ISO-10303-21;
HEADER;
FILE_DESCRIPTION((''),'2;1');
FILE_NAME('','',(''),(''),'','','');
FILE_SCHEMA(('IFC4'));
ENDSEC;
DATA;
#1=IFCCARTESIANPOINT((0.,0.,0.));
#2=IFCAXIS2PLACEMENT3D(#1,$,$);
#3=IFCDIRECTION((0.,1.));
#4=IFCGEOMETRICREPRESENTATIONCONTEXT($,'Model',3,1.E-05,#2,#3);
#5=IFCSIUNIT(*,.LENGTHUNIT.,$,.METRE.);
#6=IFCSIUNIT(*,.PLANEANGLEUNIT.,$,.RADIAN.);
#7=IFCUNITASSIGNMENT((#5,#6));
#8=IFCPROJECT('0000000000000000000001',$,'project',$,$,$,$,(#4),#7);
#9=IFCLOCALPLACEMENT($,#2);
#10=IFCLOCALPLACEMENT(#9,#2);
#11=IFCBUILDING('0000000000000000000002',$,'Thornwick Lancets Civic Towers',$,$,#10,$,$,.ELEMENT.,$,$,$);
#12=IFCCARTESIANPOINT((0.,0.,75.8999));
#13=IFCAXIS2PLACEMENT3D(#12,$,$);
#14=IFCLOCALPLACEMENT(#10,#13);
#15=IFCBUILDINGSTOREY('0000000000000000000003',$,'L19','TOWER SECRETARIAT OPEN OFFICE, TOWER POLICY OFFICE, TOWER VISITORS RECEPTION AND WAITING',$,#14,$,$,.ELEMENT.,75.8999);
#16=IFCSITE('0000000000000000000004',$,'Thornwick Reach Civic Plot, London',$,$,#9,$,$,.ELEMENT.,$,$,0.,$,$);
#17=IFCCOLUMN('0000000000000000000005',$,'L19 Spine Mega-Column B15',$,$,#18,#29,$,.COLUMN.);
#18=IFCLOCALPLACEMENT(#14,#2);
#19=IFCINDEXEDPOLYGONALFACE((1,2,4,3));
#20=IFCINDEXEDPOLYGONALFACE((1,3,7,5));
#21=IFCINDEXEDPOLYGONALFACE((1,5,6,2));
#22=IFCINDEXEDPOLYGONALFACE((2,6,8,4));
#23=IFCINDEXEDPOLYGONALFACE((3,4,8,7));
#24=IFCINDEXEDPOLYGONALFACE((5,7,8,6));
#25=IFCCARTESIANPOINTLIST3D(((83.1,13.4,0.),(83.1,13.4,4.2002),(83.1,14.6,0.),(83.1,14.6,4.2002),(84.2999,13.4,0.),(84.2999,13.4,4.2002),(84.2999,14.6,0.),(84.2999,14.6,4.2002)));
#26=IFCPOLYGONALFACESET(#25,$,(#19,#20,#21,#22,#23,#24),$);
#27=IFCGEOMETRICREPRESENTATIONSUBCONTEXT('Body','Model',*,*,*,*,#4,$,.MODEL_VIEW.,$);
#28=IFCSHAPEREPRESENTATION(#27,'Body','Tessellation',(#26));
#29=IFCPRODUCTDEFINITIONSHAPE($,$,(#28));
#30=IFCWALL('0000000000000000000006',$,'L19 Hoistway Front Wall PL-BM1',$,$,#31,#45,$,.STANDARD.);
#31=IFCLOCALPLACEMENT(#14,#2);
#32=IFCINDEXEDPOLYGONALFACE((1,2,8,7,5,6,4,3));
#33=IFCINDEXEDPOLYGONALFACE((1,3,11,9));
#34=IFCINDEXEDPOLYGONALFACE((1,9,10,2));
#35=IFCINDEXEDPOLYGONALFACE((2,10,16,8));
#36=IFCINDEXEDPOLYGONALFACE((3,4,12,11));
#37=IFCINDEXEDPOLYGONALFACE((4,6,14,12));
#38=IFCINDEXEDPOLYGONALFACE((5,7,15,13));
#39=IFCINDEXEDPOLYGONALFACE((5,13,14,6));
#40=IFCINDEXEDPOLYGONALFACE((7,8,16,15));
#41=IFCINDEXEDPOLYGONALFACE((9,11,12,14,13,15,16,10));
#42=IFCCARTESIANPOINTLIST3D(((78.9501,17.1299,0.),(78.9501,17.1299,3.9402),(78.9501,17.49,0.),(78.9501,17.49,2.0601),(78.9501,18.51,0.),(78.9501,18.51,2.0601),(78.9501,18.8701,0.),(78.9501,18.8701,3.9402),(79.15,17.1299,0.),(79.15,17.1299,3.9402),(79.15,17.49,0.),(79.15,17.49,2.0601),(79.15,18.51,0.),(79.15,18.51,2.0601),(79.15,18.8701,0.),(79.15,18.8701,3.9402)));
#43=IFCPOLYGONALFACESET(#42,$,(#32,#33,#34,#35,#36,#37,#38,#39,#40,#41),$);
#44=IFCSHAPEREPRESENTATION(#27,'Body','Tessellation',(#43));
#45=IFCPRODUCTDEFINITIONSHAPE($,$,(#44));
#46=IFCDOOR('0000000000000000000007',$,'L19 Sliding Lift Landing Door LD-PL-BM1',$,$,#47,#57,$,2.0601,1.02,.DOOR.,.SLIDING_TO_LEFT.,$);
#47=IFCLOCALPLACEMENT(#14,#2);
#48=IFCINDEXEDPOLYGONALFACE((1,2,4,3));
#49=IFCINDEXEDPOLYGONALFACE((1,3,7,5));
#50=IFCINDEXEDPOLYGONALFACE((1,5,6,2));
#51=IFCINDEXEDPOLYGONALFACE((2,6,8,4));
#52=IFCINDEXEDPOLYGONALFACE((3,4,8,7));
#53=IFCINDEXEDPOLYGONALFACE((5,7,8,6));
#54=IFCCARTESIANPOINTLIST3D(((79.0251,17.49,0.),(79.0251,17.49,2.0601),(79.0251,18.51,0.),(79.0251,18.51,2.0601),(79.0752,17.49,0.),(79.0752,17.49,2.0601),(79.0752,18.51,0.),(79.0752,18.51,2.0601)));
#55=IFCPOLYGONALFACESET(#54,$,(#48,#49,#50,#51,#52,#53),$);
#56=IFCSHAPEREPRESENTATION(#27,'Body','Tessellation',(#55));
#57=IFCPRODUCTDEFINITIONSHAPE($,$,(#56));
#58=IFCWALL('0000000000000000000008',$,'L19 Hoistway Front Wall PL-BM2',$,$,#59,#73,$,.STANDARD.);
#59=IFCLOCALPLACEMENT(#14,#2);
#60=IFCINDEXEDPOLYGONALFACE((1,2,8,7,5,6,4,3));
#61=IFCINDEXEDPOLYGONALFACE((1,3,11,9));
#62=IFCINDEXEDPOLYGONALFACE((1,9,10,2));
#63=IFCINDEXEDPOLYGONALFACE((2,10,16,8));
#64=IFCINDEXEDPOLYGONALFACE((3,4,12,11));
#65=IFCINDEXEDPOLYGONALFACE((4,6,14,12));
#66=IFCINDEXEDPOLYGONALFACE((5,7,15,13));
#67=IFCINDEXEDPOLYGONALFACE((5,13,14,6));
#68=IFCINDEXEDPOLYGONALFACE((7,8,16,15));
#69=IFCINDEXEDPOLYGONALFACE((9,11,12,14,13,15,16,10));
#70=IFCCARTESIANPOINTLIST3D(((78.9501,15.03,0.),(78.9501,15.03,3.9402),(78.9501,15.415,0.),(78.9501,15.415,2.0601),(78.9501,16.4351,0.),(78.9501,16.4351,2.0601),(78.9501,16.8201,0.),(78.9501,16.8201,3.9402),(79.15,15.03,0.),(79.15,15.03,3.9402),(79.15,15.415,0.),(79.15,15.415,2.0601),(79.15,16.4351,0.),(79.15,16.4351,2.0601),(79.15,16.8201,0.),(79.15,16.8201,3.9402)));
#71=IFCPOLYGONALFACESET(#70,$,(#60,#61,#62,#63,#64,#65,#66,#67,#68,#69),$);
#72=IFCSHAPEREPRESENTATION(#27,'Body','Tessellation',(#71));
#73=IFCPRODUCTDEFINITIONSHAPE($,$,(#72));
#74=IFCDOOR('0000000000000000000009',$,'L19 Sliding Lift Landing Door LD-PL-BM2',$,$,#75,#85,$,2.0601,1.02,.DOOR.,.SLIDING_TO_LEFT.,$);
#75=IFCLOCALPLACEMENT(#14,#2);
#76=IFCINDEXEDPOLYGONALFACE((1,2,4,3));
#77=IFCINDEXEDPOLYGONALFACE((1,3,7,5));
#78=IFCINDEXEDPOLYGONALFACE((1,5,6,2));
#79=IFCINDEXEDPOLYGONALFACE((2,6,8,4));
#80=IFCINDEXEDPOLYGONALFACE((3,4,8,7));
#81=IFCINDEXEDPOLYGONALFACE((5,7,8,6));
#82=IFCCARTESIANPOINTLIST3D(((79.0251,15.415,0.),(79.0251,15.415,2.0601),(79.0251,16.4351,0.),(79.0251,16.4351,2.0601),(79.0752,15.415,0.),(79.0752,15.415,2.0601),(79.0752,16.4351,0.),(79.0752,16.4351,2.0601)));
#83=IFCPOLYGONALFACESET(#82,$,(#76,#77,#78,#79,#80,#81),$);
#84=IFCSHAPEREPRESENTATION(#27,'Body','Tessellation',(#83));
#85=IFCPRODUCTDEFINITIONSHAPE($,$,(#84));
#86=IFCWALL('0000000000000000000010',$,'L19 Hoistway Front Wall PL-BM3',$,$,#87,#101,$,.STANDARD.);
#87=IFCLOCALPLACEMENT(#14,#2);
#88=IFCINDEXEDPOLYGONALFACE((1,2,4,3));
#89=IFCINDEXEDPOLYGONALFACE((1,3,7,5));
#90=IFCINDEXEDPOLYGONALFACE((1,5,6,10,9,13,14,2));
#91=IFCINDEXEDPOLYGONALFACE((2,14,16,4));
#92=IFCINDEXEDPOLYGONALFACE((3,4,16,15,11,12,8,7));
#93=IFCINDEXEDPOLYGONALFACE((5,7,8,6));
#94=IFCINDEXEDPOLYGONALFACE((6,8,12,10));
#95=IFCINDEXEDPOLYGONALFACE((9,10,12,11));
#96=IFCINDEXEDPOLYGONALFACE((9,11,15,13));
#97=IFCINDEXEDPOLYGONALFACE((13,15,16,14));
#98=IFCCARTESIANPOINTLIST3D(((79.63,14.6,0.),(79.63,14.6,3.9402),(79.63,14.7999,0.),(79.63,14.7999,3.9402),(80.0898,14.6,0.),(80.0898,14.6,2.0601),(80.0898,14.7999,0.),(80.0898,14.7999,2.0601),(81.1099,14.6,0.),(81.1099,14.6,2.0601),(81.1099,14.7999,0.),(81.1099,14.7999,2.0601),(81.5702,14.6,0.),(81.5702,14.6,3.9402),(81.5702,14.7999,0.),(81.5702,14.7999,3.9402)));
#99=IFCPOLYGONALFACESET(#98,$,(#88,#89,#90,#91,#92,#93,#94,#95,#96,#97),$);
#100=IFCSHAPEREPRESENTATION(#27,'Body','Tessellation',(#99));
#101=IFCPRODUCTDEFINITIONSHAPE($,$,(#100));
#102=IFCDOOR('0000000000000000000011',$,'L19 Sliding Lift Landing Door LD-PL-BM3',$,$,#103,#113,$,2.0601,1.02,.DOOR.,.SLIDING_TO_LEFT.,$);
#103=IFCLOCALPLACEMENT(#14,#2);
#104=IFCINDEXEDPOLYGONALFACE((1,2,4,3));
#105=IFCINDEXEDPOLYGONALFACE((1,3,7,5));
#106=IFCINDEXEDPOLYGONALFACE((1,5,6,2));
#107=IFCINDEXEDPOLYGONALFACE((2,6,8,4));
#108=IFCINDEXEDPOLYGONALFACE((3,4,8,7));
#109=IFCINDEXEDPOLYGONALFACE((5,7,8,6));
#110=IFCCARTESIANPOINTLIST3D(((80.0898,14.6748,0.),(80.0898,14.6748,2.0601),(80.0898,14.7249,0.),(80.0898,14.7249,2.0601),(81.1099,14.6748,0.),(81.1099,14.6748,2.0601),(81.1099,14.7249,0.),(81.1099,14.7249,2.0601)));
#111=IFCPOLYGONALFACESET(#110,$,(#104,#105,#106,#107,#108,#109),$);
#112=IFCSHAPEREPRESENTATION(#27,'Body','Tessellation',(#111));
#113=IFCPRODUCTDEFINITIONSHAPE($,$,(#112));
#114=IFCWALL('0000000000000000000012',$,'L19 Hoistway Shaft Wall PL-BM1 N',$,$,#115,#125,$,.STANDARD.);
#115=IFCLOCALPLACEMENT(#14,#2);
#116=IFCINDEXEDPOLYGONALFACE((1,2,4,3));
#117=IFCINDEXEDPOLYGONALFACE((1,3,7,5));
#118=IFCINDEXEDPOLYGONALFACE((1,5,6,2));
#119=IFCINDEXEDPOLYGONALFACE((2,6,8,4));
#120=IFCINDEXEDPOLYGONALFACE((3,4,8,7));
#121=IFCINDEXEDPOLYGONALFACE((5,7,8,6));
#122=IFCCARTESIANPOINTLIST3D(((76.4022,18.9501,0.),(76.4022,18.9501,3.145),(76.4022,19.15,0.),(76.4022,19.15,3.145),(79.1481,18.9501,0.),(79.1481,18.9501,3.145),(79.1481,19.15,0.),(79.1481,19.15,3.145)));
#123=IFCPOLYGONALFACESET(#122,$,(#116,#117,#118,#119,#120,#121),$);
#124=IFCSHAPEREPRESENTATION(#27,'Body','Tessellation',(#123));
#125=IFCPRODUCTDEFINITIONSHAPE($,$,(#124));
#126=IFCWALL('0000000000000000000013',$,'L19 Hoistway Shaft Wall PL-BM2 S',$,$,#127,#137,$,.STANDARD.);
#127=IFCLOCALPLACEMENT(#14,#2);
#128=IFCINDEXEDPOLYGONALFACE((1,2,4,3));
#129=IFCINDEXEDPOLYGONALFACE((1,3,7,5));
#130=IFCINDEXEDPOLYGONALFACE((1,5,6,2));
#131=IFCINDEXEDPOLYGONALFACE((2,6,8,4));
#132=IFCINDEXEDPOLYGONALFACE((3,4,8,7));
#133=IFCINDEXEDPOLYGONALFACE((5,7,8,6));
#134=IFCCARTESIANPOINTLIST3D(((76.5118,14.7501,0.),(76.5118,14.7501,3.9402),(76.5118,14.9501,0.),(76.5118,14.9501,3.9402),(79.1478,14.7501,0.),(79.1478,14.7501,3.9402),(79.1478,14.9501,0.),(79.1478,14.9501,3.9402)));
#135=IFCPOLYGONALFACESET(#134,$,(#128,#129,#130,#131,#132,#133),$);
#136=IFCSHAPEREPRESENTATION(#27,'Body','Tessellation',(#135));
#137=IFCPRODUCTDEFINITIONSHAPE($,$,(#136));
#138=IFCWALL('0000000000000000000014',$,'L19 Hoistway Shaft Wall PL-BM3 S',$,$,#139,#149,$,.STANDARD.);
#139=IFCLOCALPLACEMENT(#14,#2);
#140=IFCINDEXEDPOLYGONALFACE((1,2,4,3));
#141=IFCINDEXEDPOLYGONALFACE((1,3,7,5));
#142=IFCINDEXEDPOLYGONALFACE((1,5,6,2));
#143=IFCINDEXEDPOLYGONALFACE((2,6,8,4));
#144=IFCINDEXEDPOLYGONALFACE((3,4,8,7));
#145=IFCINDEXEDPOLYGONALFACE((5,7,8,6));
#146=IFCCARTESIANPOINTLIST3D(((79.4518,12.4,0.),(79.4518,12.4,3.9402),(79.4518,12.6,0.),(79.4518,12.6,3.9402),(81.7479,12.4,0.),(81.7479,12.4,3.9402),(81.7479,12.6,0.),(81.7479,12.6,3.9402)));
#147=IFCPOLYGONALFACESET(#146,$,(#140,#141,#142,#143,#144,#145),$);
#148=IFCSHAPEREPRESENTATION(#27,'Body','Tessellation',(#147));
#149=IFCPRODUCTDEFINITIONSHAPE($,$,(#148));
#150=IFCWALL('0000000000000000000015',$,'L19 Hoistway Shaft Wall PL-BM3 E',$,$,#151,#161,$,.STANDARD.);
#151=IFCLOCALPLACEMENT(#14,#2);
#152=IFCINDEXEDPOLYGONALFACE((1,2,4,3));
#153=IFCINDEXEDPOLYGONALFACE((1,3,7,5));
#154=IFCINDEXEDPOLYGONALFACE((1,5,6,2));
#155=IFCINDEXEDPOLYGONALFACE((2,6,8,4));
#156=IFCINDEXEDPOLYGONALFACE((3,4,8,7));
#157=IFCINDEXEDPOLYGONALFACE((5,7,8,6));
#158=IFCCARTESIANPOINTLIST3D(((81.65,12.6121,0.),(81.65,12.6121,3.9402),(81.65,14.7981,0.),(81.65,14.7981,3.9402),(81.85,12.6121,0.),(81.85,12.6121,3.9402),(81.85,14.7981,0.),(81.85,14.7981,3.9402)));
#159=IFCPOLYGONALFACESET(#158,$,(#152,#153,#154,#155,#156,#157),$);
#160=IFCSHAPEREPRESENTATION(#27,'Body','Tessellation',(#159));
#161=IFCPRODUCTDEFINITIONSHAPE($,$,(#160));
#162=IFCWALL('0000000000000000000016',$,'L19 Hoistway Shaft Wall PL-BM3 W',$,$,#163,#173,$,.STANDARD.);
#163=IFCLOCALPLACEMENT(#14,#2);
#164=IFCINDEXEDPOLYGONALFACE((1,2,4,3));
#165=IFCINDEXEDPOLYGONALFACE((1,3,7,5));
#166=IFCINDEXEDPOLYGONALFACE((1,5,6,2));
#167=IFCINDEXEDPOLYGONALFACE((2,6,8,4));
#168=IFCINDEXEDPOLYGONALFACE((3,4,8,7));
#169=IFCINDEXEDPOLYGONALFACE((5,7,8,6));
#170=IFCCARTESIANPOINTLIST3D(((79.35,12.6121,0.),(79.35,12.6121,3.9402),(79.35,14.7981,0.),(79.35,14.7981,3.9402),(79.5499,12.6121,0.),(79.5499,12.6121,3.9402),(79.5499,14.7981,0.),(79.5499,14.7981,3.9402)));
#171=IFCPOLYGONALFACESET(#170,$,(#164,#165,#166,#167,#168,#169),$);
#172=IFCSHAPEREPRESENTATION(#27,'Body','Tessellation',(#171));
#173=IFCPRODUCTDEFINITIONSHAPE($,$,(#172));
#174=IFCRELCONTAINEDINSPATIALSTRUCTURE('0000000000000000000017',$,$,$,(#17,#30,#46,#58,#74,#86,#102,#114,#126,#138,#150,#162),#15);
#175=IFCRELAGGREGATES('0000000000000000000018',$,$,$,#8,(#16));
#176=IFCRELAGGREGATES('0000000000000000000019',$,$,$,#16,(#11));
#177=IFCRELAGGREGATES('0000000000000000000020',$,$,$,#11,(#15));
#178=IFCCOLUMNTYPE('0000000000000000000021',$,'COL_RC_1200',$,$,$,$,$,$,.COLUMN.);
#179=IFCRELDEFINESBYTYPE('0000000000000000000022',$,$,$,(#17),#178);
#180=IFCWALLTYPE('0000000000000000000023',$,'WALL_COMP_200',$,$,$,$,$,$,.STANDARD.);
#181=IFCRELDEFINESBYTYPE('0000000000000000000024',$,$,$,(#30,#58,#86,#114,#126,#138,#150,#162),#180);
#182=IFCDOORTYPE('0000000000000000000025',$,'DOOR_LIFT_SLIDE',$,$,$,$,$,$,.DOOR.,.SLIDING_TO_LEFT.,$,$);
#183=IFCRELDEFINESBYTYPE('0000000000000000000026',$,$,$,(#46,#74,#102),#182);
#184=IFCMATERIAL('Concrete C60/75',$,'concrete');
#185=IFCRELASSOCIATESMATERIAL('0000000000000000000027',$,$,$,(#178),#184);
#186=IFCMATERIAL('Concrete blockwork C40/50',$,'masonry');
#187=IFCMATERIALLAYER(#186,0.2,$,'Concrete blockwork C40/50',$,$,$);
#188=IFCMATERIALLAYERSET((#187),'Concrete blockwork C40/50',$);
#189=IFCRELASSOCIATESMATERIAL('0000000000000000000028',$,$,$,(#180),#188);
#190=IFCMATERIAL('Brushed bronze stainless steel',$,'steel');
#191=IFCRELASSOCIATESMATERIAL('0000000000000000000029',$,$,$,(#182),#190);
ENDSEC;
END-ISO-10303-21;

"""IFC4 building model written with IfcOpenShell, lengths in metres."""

from ifc_helpers import new_model, si_unit, direction, frame, frame_2d, origin, origin_2d, place, context, subcontext, project, spatial, rectangle, extrude, material, layer, layer_set, material_profile, profile_set, type_object, element, fill, save


model = new_model("IFC4")

# Units and contexts
model_context = context("Model", 3, precision=1e-05, world=origin(), true_north=direction((0.0, 1.0)))
body_context = subcontext(model_context, "Body", "Model", "MODEL_VIEW")
ifc_project = project(units=[si_unit("LENGTHUNIT", "METRE"), si_unit("PLANEANGLEUNIT", "RADIAN")], contexts=[model_context])

# Site, building, storey
site_placement = place(None, origin())
site = spatial("IfcSite", under=ifc_project, at=site_placement, Name="Thornwick Reach Civic Plot, London", CompositionType="ELEMENT", RefElevation=0.0)
building_placement = place(site_placement, origin())
building = spatial("IfcBuilding", under=site, at=building_placement, Name="Thornwick Lancets Civic Towers", CompositionType="ELEMENT")
storey_placement = place(building_placement, frame((0.0, 0.0, 75.8999)))
storey = spatial("IfcBuildingStorey", under=building, at=storey_placement, Name="L19", Description="TOWER SECRETARIAT OPEN OFFICE, TOWER POLICY OFFICE, TOWER VISITORS RECEPTION AND WAITING", CompositionType="ELEMENT", Elevation=75.8999)

# Column
ifc_material_1 = material(Name="Concrete C60/75", Category="concrete")
ifc_material_profile = material_profile(ifc_material_1, rectangle(XDim=1.2, YDim=1.2, at=origin_2d()), Name="RC 1200x1200")
ifc_profile_set = profile_set([ifc_material_profile], Name="Concrete C60/75")
column_type = type_object("IfcColumnType", Name="COL_RC_1200", PredefinedType="COLUMN", material=ifc_profile_set)
column_placement = place(storey_placement, frame((83.7, 14.0, 0.0), z_axis=(0.0, 0.0, 1.0), x_axis=(1.0, 0.0, 0.0)))
element("IfcColumn", 1, at=column_placement, inside=storey, type_object=column_type, Name="L19 Spine Mega-Column B15", PredefinedType="COLUMN", context=body_context, shape_type="SweptSolid", body=[
    extrude(rectangle(XDim=1.2, YDim=1.2, at=origin_2d()), origin(), (0.0, 0.0, 1.0), 4.2002),
])

# Walls, openings, doors
ifc_material_2 = material(Name="Concrete blockwork C40/50", Category="masonry")
ifc_layer_1 = layer(ifc_material_2, 0.2, Name="Concrete blockwork C40/50")
ifc_layer_set_1 = layer_set([ifc_layer_1], Name="Concrete blockwork C40/50")
wall_type_1 = type_object("IfcWallType", Name="WALL_COMP_200", PredefinedType="STANDARD", material=ifc_layer_set_1)
wall_1_placement = place(storey_placement, frame((79.05, 17.1299, 0.0), z_axis=(0.0, 0.0, 1.0), x_axis=(0.0, 1.0, 0.0)))
wall_1 = element("IfcWall", 2, at=wall_1_placement, inside=storey, type_object=wall_type_1, Name="L19 Hoistway Front Wall PL-BM1", PredefinedType="STANDARD", context=body_context, shape_type="SweptSolid", body=[
    extrude(rectangle(XDim=1.7402, YDim=0.2, at=frame_2d((0.8701, 0.0))), origin(), (0.0, 0.0, 1.0), 3.9402),
])
opening_1_placement = place(wall_1_placement, frame((0.3601, 0.0, 0.0)))
opening_1 = element("IfcOpeningElement", 3, at=opening_1_placement, cuts=wall_1, PredefinedType="OPENING", context=body_context, shape_type="SweptSolid", body=[
    extrude(rectangle(XDim=1.02, YDim=2.0601, at=frame_2d((0.51, 1.03))), frame((0.0, 0.1099, 0.0), z_axis=(0.0, -1.0, 0.0), x_axis=(1.0, 0.0, 0.0)), (0.0, 0.0, 1.0), 0.22),
])
ifc_material_3 = material(Name="Brushed bronze stainless steel", Category="steel")
door_type_1 = type_object("IfcDoorType", Name="DOOR_LIFT_SLIDE", OperationType="SLIDING_TO_LEFT", PredefinedType="DOOR", material=ifc_material_3)
door_1_placement = place(opening_1_placement, origin())
door_1 = element("IfcDoor", 4, at=door_1_placement, inside=storey, type_object=door_type_1, Name="L19 Sliding Lift Landing Door LD-PL-BM1", OperationType="SLIDING_TO_LEFT", OverallHeight=2.0601, OverallWidth=1.02, PredefinedType="DOOR", context=body_context, shape_type="SweptSolid", body=[
    extrude(rectangle(XDim=1.02, YDim=2.0601, at=frame_2d((0.51, 1.03))), frame((0.0, 0.0249, 0.0), z_axis=(0.0, -1.0, 0.0), x_axis=(1.0, 0.0, 0.0)), (0.0, 0.0, 1.0), 0.05),
])
fill(opening_1, door_1)
wall_2_placement = place(storey_placement, frame((79.05, 15.03, 0.0), z_axis=(0.0, 0.0, 1.0), x_axis=(0.0, 1.0, 0.0)))
wall_2 = element("IfcWall", 5, at=wall_2_placement, inside=storey, type_object=wall_type_1, Name="L19 Hoistway Front Wall PL-BM2", PredefinedType="STANDARD", context=body_context, shape_type="SweptSolid", body=[
    extrude(rectangle(XDim=1.79, YDim=0.2, at=frame_2d((0.895, 0.0))), origin(), (0.0, 0.0, 1.0), 3.9402),
])
opening_2_placement = place(wall_2_placement, frame((0.385, 0.0, 0.0)))
opening_2 = element("IfcOpeningElement", 6, at=opening_2_placement, cuts=wall_2, PredefinedType="OPENING", context=body_context, shape_type="SweptSolid", body=[
    extrude(rectangle(XDim=1.02, YDim=2.0601, at=frame_2d((0.51, 1.03))), frame((0.0, 0.1099, 0.0), z_axis=(0.0, -1.0, 0.0), x_axis=(1.0, 0.0, 0.0)), (0.0, 0.0, 1.0), 0.22),
])
door_2_placement = place(opening_2_placement, origin())
door_2 = element("IfcDoor", 7, at=door_2_placement, inside=storey, type_object=door_type_1, Name="L19 Sliding Lift Landing Door LD-PL-BM2", OperationType="SLIDING_TO_LEFT", OverallHeight=2.0601, OverallWidth=1.02, PredefinedType="DOOR", context=body_context, shape_type="SweptSolid", body=[
    extrude(rectangle(XDim=1.02, YDim=2.0601, at=frame_2d((0.51, 1.03))), frame((0.0, 0.0249, 0.0), z_axis=(0.0, -1.0, 0.0), x_axis=(1.0, 0.0, 0.0)), (0.0, 0.0, 1.0), 0.05),
])
fill(opening_2, door_2)
wall_3_placement = place(storey_placement, frame((79.6299, 14.7, 0.0), z_axis=(0.0, 0.0, 1.0), x_axis=(1.0, 0.0, 0.0)))
wall_3 = element("IfcWall", 8, at=wall_3_placement, inside=storey, type_object=wall_type_1, Name="L19 Hoistway Front Wall PL-BM3", PredefinedType="STANDARD", context=body_context, shape_type="SweptSolid", body=[
    extrude(rectangle(XDim=1.9402, YDim=0.2, at=frame_2d((0.9702, 0.0))), origin(), (0.0, 0.0, 1.0), 3.9402),
])
opening_3_placement = place(wall_3_placement, frame((0.46, 0.0, 0.0)))
opening_3 = element("IfcOpeningElement", 9, at=opening_3_placement, cuts=wall_3, PredefinedType="OPENING", context=body_context, shape_type="SweptSolid", body=[
    extrude(rectangle(XDim=1.02, YDim=2.0601, at=frame_2d((0.51, 1.03))), frame((0.0, 0.1099, 0.0), z_axis=(0.0, -1.0, 0.0), x_axis=(1.0, 0.0, 0.0)), (0.0, 0.0, 1.0), 0.22),
])
door_3_placement = place(opening_3_placement, origin())
door_3 = element("IfcDoor", 10, at=door_3_placement, inside=storey, type_object=door_type_1, Name="L19 Sliding Lift Landing Door LD-PL-BM3", OperationType="SLIDING_TO_LEFT", OverallHeight=2.0601, OverallWidth=1.02, PredefinedType="DOOR", context=body_context, shape_type="SweptSolid", body=[
    extrude(rectangle(XDim=1.02, YDim=2.0601, at=frame_2d((0.51, 1.03))), frame((0.0, 0.0249, 0.0), z_axis=(0.0, -1.0, 0.0), x_axis=(1.0, 0.0, 0.0)), (0.0, 0.0, 1.0), 0.05),
])
fill(opening_3, door_3)

# Walls
wall_4_placement = place(storey_placement, frame((76.4021, 19.05, 0.0), z_axis=(0.0, 0.0, 1.0), x_axis=(1.0, 0.0, 0.0)))
element("IfcWall", 11, at=wall_4_placement, inside=storey, type_object=wall_type_1, Name="L19 Hoistway Shaft Wall PL-BM1 N", PredefinedType="STANDARD", context=body_context, shape_type="SweptSolid", body=[
    extrude(rectangle(XDim=2.7458, YDim=0.2, at=frame_2d((1.373, 0.0))), origin(), (0.0, 0.0, 1.0), 3.145),
])
wall_5_placement = place(storey_placement, frame((76.512, 14.8501, 0.0), z_axis=(0.0, 0.0, 1.0), x_axis=(1.0, 0.0, 0.0)))
element("IfcWall", 12, at=wall_5_placement, inside=storey, type_object=wall_type_1, Name="L19 Hoistway Shaft Wall PL-BM2 S", PredefinedType="STANDARD", context=body_context, shape_type="SweptSolid", body=[
    extrude(rectangle(XDim=2.636, YDim=0.2, at=frame_2d((1.3179, 0.0))), origin(), (0.0, 0.0, 1.0), 3.9402),
])
wall_6_placement = place(storey_placement, frame((79.4519, 12.5, 0.0), z_axis=(0.0, 0.0, 1.0), x_axis=(1.0, 0.0, 0.0)))
element("IfcWall", 13, at=wall_6_placement, inside=storey, type_object=wall_type_1, Name="L19 Hoistway Shaft Wall PL-BM3 S", PredefinedType="STANDARD", context=body_context, shape_type="SweptSolid", body=[
    extrude(rectangle(XDim=2.2961, YDim=0.2, at=frame_2d((1.1479, 0.0))), origin(), (0.0, 0.0, 1.0), 3.9402),
])
for number, where, z_axis, x_axis, name in (
    (14, (81.75, 12.6121, 0.0), (0.0, 0.0, 1.0), (0.0, 1.0, 0.0), "L19 Hoistway Shaft Wall PL-BM3 E"),
    (15, (79.45, 12.6121, 0.0), (0.0, 0.0, 1.0), (0.0, 1.0, 0.0), "L19 Hoistway Shaft Wall PL-BM3 W"),
):
    element("IfcWall", number, at=place(storey_placement, frame(where, z_axis=z_axis, x_axis=x_axis)), inside=storey, type_object=wall_type_1, Name=name, PredefinedType="STANDARD", context=body_context, shape_type="SweptSolid", body=[
        extrude(rectangle(XDim=2.186, YDim=0.2, at=frame_2d((1.093, 0.0))), origin(), (0.0, 0.0, 1.0), 3.9402),
    ])

save(model, "model.ifc")
